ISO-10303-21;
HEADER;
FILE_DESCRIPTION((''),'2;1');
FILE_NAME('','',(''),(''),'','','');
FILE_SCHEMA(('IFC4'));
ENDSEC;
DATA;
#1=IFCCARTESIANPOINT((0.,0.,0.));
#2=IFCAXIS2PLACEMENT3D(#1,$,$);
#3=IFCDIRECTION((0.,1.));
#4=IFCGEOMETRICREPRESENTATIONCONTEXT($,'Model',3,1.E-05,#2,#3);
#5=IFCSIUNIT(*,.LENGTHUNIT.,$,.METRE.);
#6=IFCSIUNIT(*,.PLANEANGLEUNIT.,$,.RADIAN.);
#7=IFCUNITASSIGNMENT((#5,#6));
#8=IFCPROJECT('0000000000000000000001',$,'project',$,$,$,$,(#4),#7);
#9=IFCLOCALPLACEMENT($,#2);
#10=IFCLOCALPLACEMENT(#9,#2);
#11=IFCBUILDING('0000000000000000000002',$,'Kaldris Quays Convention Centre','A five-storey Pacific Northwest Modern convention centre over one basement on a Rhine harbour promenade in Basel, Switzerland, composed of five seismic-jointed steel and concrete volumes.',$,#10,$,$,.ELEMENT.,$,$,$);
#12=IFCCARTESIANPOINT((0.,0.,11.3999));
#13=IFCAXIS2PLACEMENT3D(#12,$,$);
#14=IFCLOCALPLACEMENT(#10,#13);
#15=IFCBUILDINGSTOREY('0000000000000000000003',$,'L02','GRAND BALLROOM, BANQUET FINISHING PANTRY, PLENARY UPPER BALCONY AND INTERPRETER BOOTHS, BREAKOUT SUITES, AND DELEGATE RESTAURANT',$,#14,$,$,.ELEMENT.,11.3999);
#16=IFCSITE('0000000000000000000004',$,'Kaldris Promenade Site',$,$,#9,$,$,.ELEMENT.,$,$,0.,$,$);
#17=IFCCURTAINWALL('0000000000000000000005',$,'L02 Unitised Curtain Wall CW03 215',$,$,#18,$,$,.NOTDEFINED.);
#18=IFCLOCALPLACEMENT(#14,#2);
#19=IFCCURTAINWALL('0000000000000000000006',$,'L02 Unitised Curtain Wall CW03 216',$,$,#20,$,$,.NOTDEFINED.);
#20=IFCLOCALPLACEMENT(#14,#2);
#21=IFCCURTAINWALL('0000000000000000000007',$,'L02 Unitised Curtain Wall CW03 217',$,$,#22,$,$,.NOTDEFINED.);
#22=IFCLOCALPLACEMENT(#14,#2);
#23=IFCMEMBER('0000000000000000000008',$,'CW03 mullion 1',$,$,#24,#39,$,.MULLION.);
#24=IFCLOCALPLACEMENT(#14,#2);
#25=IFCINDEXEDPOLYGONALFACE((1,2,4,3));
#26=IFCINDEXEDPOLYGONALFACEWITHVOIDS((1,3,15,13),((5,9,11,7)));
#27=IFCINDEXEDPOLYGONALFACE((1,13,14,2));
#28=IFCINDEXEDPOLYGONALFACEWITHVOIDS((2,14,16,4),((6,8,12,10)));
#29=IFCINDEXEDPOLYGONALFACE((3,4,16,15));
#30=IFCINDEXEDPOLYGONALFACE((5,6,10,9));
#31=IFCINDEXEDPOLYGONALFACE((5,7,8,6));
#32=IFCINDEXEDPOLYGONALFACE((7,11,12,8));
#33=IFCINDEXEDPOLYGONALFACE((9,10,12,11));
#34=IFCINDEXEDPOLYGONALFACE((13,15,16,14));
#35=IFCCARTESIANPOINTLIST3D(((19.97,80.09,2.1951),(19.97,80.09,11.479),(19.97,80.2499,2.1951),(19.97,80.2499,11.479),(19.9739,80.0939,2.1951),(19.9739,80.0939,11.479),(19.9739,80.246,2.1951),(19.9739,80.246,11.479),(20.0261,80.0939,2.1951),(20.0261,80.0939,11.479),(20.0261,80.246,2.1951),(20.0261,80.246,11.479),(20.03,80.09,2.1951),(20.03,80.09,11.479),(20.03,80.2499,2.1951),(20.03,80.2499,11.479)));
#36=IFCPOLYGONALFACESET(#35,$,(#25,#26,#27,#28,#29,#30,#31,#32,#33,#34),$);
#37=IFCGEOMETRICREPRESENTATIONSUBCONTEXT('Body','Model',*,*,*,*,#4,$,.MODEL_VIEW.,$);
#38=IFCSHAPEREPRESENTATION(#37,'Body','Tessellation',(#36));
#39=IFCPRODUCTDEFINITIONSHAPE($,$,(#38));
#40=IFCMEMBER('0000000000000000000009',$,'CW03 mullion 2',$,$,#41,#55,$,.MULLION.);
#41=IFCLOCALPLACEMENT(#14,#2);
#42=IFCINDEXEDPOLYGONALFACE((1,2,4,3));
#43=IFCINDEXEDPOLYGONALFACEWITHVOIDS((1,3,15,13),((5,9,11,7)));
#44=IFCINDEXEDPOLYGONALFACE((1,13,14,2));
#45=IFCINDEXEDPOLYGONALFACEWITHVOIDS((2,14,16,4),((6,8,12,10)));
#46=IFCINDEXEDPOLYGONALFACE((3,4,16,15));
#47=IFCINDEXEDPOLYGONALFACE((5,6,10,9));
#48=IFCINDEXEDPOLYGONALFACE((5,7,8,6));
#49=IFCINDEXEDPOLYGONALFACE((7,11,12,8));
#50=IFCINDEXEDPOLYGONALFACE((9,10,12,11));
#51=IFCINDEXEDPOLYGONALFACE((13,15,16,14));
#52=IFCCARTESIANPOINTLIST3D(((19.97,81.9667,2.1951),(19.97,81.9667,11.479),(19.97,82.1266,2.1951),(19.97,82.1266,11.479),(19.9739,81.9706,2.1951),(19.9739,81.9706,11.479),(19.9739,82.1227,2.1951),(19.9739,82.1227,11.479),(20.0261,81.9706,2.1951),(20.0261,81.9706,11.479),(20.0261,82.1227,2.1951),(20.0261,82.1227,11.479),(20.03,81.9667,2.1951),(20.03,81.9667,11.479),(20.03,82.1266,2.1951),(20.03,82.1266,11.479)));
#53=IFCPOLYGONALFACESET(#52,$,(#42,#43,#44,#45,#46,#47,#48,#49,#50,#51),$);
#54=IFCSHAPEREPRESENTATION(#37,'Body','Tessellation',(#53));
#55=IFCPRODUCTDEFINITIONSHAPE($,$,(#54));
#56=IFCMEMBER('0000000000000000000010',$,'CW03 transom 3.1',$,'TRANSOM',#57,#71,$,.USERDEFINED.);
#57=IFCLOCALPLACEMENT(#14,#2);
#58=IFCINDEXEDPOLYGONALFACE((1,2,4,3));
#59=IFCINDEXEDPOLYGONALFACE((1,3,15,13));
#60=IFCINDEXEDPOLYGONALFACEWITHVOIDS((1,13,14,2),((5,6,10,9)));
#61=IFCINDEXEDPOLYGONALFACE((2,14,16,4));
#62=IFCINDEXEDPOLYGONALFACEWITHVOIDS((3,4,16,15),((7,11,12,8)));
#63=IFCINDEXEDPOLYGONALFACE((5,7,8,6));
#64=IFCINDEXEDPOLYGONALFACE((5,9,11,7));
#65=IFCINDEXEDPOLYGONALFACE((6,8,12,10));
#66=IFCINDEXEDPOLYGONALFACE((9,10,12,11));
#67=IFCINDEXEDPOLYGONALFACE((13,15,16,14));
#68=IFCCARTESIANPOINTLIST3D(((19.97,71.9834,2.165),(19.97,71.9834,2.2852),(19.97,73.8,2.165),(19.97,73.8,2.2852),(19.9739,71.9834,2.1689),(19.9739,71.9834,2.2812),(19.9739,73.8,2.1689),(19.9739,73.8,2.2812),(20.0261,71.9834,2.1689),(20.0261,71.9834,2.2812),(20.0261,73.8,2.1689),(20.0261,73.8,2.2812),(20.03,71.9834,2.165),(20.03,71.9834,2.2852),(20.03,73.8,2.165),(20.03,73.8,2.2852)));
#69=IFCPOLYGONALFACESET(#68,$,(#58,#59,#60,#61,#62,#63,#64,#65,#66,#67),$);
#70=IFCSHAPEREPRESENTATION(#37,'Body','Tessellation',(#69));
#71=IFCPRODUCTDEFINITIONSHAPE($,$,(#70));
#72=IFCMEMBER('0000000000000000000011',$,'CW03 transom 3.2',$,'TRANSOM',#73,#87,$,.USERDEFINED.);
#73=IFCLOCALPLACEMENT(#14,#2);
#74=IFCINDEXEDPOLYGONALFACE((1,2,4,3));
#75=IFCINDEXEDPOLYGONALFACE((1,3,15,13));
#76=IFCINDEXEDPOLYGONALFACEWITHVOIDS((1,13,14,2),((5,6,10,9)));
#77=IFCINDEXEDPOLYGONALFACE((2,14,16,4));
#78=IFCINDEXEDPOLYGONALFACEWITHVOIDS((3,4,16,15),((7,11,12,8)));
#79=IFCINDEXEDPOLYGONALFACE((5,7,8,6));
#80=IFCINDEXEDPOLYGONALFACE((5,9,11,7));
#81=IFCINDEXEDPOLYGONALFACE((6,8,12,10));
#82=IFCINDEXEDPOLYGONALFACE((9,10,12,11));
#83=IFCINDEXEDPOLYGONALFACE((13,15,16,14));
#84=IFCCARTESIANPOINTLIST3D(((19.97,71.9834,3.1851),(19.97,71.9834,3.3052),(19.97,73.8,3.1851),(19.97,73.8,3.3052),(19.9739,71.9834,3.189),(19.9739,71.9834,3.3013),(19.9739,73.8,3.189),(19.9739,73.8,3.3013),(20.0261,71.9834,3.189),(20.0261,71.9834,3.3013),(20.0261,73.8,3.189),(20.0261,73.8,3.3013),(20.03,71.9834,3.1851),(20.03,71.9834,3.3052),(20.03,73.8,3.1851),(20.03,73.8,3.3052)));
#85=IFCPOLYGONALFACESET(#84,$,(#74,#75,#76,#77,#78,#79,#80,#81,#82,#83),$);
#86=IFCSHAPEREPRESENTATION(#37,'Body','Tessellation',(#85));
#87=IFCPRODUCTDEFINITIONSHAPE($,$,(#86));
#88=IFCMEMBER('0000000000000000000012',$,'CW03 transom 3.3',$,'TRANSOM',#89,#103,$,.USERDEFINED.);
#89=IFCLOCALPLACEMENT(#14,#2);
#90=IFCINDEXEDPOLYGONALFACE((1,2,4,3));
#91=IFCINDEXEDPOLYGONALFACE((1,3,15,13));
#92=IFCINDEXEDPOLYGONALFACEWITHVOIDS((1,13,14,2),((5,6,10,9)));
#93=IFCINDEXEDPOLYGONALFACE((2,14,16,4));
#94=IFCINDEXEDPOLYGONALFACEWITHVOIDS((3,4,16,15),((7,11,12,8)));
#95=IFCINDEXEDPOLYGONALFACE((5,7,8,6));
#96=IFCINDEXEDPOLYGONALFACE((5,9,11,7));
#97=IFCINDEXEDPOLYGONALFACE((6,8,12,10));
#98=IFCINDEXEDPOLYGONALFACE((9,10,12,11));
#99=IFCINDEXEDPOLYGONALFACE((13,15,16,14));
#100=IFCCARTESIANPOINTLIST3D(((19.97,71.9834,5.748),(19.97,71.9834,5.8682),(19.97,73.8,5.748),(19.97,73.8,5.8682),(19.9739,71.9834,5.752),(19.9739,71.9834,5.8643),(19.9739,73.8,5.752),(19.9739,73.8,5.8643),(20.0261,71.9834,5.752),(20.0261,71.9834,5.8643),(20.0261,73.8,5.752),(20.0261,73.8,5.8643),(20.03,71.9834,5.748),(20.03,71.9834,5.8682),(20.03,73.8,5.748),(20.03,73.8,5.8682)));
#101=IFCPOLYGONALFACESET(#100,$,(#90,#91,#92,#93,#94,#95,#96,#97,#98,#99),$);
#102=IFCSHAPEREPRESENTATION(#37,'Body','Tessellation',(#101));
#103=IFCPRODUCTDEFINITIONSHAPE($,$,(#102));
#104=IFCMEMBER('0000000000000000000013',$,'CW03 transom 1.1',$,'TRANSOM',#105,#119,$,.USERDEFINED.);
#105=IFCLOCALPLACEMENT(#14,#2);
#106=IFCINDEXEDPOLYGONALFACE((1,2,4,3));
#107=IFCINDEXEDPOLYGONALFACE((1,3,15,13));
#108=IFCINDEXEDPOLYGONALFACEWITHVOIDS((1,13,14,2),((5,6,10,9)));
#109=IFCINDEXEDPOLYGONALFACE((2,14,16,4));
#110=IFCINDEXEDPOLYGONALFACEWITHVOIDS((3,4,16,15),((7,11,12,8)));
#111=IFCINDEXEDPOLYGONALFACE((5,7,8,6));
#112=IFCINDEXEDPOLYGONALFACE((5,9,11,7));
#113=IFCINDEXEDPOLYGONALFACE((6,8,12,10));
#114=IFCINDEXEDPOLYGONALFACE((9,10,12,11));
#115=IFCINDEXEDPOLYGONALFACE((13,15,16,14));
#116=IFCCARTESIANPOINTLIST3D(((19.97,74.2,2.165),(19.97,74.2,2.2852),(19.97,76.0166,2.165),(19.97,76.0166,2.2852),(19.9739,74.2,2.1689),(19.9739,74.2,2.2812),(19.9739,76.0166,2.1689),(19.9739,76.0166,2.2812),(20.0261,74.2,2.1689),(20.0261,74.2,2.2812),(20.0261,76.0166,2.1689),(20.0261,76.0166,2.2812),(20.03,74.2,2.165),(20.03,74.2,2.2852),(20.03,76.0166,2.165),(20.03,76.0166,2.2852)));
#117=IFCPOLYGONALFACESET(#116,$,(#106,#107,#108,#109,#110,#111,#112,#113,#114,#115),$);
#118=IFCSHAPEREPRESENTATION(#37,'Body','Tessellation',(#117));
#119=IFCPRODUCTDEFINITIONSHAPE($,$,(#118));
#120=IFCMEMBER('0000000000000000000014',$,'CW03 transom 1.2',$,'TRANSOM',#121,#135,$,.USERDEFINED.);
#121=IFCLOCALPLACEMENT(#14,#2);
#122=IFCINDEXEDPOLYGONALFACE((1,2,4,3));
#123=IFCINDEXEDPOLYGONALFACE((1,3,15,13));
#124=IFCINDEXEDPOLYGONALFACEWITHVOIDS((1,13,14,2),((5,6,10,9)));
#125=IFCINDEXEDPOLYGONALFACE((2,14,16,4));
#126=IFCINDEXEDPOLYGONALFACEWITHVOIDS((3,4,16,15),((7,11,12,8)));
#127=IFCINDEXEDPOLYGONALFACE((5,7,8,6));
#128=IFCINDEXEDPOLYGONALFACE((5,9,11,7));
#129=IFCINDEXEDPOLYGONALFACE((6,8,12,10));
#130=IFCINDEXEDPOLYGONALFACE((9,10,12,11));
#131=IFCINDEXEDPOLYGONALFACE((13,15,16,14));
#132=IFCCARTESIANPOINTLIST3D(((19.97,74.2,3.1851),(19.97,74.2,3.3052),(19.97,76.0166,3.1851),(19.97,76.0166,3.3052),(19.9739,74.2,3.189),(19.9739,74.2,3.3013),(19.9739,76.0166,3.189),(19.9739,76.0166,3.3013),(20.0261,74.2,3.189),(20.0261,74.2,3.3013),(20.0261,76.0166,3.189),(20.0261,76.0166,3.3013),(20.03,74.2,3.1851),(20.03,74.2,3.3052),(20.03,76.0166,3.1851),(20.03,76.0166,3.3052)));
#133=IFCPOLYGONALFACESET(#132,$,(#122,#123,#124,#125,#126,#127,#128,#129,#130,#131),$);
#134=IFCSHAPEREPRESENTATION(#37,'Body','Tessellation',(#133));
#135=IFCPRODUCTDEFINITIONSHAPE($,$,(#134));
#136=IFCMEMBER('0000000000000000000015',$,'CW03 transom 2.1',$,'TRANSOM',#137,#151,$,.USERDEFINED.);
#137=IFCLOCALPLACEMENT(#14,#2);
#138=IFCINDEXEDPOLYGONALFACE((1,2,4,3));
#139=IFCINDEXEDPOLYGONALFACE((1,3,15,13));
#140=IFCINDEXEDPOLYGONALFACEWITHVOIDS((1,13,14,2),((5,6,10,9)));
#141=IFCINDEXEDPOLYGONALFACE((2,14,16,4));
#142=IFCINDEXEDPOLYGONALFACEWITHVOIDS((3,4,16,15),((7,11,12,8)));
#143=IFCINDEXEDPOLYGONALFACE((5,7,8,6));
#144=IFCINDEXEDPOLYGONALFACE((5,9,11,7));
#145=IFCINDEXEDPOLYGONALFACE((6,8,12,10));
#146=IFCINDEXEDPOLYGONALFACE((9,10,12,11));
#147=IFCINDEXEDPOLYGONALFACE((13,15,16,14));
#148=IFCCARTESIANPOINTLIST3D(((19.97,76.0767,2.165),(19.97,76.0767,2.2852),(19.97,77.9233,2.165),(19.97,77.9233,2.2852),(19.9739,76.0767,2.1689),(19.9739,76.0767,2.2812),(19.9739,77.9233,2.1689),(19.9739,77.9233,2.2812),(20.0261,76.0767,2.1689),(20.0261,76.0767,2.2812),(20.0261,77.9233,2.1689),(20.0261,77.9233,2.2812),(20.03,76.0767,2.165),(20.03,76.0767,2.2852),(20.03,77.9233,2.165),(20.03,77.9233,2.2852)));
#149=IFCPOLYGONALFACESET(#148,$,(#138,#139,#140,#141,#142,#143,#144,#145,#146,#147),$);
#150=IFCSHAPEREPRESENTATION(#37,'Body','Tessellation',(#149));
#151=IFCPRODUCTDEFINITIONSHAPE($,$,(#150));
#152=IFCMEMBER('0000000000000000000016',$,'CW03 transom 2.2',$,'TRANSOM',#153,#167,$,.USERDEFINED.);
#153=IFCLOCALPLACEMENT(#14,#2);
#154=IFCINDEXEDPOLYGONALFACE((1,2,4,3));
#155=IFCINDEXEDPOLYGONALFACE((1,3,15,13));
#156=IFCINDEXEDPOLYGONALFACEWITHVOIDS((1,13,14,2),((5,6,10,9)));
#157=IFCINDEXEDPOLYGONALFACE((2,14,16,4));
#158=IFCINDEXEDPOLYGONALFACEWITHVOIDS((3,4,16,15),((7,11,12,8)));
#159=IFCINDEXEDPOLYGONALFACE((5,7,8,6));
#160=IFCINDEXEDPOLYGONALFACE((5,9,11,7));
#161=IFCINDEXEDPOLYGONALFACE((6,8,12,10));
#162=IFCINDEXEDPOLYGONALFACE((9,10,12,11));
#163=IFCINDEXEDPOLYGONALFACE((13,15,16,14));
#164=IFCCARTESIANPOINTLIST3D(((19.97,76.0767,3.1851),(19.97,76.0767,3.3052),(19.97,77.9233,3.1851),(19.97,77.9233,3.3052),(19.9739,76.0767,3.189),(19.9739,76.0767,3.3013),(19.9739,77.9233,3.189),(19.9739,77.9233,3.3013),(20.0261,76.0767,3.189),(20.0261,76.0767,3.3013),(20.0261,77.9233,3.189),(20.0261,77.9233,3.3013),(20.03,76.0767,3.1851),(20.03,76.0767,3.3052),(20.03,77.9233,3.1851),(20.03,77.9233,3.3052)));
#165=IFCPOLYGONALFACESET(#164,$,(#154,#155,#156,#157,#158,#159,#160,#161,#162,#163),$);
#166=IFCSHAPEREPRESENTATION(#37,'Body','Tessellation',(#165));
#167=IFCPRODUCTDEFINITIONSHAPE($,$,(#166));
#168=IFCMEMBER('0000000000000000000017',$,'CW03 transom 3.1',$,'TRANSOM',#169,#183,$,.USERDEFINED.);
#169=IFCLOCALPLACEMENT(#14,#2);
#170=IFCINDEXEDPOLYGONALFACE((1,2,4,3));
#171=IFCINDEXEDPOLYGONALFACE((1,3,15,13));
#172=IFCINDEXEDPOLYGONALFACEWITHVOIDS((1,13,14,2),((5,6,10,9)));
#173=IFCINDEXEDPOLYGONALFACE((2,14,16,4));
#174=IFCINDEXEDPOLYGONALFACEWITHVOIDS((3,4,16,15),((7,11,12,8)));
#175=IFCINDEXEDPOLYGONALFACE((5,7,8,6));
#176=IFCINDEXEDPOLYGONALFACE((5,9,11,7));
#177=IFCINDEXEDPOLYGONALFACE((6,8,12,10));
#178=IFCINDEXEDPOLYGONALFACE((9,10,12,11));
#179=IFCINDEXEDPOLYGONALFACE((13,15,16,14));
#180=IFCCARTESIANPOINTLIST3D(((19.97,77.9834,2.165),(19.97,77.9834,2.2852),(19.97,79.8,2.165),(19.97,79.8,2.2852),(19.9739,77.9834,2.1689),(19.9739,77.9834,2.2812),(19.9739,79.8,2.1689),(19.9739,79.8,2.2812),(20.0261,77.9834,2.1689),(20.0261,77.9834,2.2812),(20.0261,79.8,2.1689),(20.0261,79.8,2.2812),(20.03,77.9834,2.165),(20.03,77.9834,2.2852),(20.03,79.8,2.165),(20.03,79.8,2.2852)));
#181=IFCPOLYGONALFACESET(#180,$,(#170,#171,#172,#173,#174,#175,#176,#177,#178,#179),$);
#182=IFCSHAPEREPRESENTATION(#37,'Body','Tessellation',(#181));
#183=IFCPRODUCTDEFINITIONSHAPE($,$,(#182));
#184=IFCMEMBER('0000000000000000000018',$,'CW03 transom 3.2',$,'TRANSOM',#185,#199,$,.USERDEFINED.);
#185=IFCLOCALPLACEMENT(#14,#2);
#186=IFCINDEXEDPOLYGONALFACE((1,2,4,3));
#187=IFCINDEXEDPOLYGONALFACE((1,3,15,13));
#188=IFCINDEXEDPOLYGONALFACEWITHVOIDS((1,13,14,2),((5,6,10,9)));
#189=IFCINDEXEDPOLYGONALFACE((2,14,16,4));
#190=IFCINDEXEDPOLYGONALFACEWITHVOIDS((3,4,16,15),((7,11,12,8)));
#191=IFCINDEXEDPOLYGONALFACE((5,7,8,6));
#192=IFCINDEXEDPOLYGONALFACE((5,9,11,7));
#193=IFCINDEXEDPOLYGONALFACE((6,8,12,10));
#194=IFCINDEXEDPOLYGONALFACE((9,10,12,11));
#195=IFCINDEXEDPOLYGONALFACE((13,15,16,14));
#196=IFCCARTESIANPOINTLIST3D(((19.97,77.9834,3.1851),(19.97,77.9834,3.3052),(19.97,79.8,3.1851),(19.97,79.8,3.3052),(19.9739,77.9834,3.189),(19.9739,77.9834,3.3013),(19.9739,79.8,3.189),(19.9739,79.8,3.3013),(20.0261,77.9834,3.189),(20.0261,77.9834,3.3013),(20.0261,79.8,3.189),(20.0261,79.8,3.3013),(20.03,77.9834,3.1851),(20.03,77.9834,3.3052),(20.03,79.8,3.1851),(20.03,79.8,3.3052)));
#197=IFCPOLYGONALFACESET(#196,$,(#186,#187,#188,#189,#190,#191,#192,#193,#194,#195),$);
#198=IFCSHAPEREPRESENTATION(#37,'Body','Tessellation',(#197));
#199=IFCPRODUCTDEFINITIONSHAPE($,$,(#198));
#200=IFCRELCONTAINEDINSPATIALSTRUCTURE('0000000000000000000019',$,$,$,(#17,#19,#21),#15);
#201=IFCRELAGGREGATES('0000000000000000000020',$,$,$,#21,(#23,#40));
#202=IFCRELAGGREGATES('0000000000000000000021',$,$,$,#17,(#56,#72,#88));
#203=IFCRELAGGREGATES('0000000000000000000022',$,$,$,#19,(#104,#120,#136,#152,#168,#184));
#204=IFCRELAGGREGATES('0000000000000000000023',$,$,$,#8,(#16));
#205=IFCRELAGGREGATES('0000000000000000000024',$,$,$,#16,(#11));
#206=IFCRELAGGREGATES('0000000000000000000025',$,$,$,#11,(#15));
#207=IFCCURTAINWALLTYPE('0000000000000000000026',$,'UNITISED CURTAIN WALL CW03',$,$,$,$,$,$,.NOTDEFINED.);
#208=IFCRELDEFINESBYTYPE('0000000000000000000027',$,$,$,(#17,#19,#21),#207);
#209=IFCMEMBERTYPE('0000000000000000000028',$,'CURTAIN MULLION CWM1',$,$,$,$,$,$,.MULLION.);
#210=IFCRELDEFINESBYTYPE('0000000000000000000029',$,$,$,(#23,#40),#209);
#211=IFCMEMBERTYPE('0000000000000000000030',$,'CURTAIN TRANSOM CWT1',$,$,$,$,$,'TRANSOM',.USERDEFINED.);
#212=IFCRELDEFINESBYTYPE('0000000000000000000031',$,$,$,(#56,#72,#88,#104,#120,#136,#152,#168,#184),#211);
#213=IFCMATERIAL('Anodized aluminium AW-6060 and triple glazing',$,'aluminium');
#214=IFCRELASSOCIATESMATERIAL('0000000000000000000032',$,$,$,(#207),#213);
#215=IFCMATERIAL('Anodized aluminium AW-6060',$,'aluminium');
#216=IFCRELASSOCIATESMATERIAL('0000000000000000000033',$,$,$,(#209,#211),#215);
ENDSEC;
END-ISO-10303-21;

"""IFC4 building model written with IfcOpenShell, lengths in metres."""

from ifc_helpers import new_model, si_unit, direction, frame, origin, origin_2d, place, context, subcontext, project, spatial, hollow_rectangle, extrude, material, material_profile, profile_set, type_object, element, aggregate, save


model = new_model("IFC4")

# Units and contexts
model_context = context("Model", 3, precision=1e-05, world=origin(), true_north=direction((0.0, 1.0)))
body_context = subcontext(model_context, "Body", "Model", "MODEL_VIEW")
ifc_project = project(units=[si_unit("LENGTHUNIT", "METRE"), si_unit("PLANEANGLEUNIT", "RADIAN")], contexts=[model_context])

# Site, building, storey
site_placement = place(None, origin())
site = spatial("IfcSite", under=ifc_project, at=site_placement, Name="Kaldris Promenade Site", CompositionType="ELEMENT", RefElevation=0.0)
building_placement = place(site_placement, origin())
building = spatial("IfcBuilding", under=site, at=building_placement, Name="Kaldris Quays Convention Centre", Description="A five-storey Pacific Northwest Modern convention centre over one basement on a Rhine harbour promenade in Basel, Switzerland, composed of five seismic-jointed steel and concrete volumes.", CompositionType="ELEMENT")
storey_placement = place(building_placement, frame((0.0, 0.0, 11.3999)))
storey = spatial("IfcBuildingStorey", under=building, at=storey_placement, Name="L02", Description="GRAND BALLROOM, BANQUET FINISHING PANTRY, PLENARY UPPER BALCONY AND INTERPRETER BOOTHS, BREAKOUT SUITES, AND DELEGATE RESTAURANT", CompositionType="ELEMENT", Elevation=11.3999)

# Curtain walls, members
ifc_material_1 = material(Name="Anodized aluminium AW-6060 and triple glazing", Category="aluminium")
curtain_wall_type = type_object("IfcCurtainWallType", Name="UNITISED CURTAIN WALL CW03", PredefinedType="NOTDEFINED", material=ifc_material_1)
curtain_wall_1_placement = place(storey_placement, origin())
curtain_wall_1 = element("IfcCurtainWall", 1, at=curtain_wall_1_placement, inside=storey, type_object=curtain_wall_type, Name="L02 Unitised Curtain Wall CW03 215", PredefinedType="NOTDEFINED")
ifc_material_2 = material(Name="Anodized aluminium AW-6060", Category="aluminium")
ifc_material_profile_1 = material_profile(ifc_material_2, hollow_rectangle(XDim=0.0601, YDim=0.1599, WallThickness=0.0039, at=origin_2d()), Name="RHS 160x60x4")
ifc_profile_set_1 = profile_set([ifc_material_profile_1], Name="Anodized aluminium AW-6060")
member_type_1 = type_object("IfcMemberType", Name="CURTAIN MULLION CWM1", PredefinedType="MULLION", material=ifc_profile_set_1)
curtain_wall_2_placement = place(storey_placement, origin())
curtain_wall_2 = element("IfcCurtainWall", 2, at=curtain_wall_2_placement, inside=storey, type_object=curtain_wall_type, Name="L02 Unitised Curtain Wall CW03 216", PredefinedType="NOTDEFINED")
curtain_wall_3_placement = place(storey_placement, origin())
curtain_wall_3 = element("IfcCurtainWall", 3, at=curtain_wall_3_placement, inside=storey, type_object=curtain_wall_type, Name="L02 Unitised Curtain Wall CW03 217", PredefinedType="NOTDEFINED")
member_1_placement = place(storey_placement, frame((20.0, 80.1699, 2.1951), z_axis=(0.0, 0.0, 1.0), x_axis=(-1.0, 0.0, 0.0)))
member_1 = element("IfcMember", 4, at=member_1_placement, type_object=member_type_1, Name="CW03 mullion 1", PredefinedType="MULLION", context=body_context, shape_type="SweptSolid", body=[
    extrude(hollow_rectangle(XDim=0.0601, YDim=0.1599, WallThickness=0.0039, at=origin_2d()), origin(), (0.0, 0.0, 1.0), 9.2839),
])
member_2_placement = place(storey_placement, frame((20.0, 82.0466, 2.1951), z_axis=(0.0, 0.0, 1.0), x_axis=(-1.0, 0.0, 0.0)))
member_2 = element("IfcMember", 5, at=member_2_placement, type_object=member_type_1, Name="CW03 mullion 2", PredefinedType="MULLION", context=body_context, shape_type="SweptSolid", body=[
    extrude(hollow_rectangle(XDim=0.0601, YDim=0.1599, WallThickness=0.0039, at=origin_2d()), origin(), (0.0, 0.0, 1.0), 9.2839),
])

# Members
ifc_material_profile_2 = material_profile(ifc_material_2, hollow_rectangle(XDim=0.0601, YDim=0.1201, WallThickness=0.0039, at=origin_2d()), Name="RHS 120x60x4")
ifc_profile_set_2 = profile_set([ifc_material_profile_2], Name="Anodized aluminium AW-6060")
member_type_2 = type_object("IfcMemberType", Name="CURTAIN TRANSOM CWT1", ElementType="TRANSOM", PredefinedType="USERDEFINED", material=ifc_profile_set_2)
member_3_placement = place(storey_placement, frame((20.0, 71.9834, 2.2251), z_axis=(0.0, 1.0, 0.0), x_axis=(-1.0, 0.0, 0.0)))
member_3 = element("IfcMember", 6, at=member_3_placement, type_object=member_type_2, Name="CW03 transom 3.1", ObjectType="TRANSOM", PredefinedType="USERDEFINED", context=body_context, shape_type="SweptSolid", body=[
    extrude(hollow_rectangle(XDim=0.0601, YDim=0.1201, WallThickness=0.0039, at=origin_2d()), origin(), (0.0, 0.0, 1.0), 1.8167),
])
member_4_placement = place(storey_placement, frame((20.0, 71.9834, 3.2451), z_axis=(0.0, 1.0, 0.0), x_axis=(-1.0, 0.0, 0.0)))
member_4 = element("IfcMember", 7, at=member_4_placement, type_object=member_type_2, Name="CW03 transom 3.2", ObjectType="TRANSOM", PredefinedType="USERDEFINED", context=body_context, shape_type="SweptSolid", body=[
    extrude(hollow_rectangle(XDim=0.0601, YDim=0.1201, WallThickness=0.0039, at=origin_2d()), origin(), (0.0, 0.0, 1.0), 1.8167),
])
member_5_placement = place(storey_placement, frame((20.0, 71.9834, 5.8081), z_axis=(0.0, 1.0, 0.0), x_axis=(-1.0, 0.0, 0.0)))
member_5 = element("IfcMember", 8, at=member_5_placement, type_object=member_type_2, Name="CW03 transom 3.3", ObjectType="TRANSOM", PredefinedType="USERDEFINED", context=body_context, shape_type="SweptSolid", body=[
    extrude(hollow_rectangle(XDim=0.0601, YDim=0.1201, WallThickness=0.0039, at=origin_2d()), origin(), (0.0, 0.0, 1.0), 1.8167),
])
member_6_placement = place(storey_placement, frame((20.0, 74.2, 2.2251), z_axis=(0.0, 1.0, 0.0), x_axis=(-1.0, 0.0, 0.0)))
member_6 = element("IfcMember", 9, at=member_6_placement, type_object=member_type_2, Name="CW03 transom 1.1", ObjectType="TRANSOM", PredefinedType="USERDEFINED", context=body_context, shape_type="SweptSolid", body=[
    extrude(hollow_rectangle(XDim=0.0601, YDim=0.1201, WallThickness=0.0039, at=origin_2d()), origin(), (0.0, 0.0, 1.0), 1.8167),
])
member_7_placement = place(storey_placement, frame((20.0, 74.2, 3.2451), z_axis=(0.0, 1.0, 0.0), x_axis=(-1.0, 0.0, 0.0)))
member_7 = element("IfcMember", 10, at=member_7_placement, type_object=member_type_2, Name="CW03 transom 1.2", ObjectType="TRANSOM", PredefinedType="USERDEFINED", context=body_context, shape_type="SweptSolid", body=[
    extrude(hollow_rectangle(XDim=0.0601, YDim=0.1201, WallThickness=0.0039, at=origin_2d()), origin(), (0.0, 0.0, 1.0), 1.8167),
])
member_8_placement = place(storey_placement, frame((20.0, 76.0767, 2.2251), z_axis=(0.0, 1.0, 0.0), x_axis=(-1.0, 0.0, 0.0)))
member_8 = element("IfcMember", 11, at=member_8_placement, type_object=member_type_2, Name="CW03 transom 2.1", ObjectType="TRANSOM", PredefinedType="USERDEFINED", context=body_context, shape_type="SweptSolid", body=[
    extrude(hollow_rectangle(XDim=0.0601, YDim=0.1201, WallThickness=0.0039, at=origin_2d()), origin(), (0.0, 0.0, 1.0), 1.8467),
])
member_9_placement = place(storey_placement, frame((20.0, 76.0767, 3.2451), z_axis=(0.0, 1.0, 0.0), x_axis=(-1.0, 0.0, 0.0)))
member_9 = element("IfcMember", 12, at=member_9_placement, type_object=member_type_2, Name="CW03 transom 2.2", ObjectType="TRANSOM", PredefinedType="USERDEFINED", context=body_context, shape_type="SweptSolid", body=[
    extrude(hollow_rectangle(XDim=0.0601, YDim=0.1201, WallThickness=0.0039, at=origin_2d()), origin(), (0.0, 0.0, 1.0), 1.8467),
])
member_10_placement = place(storey_placement, frame((20.0, 77.9834, 2.2251), z_axis=(0.0, 1.0, 0.0), x_axis=(-1.0, 0.0, 0.0)))
member_10 = element("IfcMember", 13, at=member_10_placement, type_object=member_type_2, Name="CW03 transom 3.1", ObjectType="TRANSOM", PredefinedType="USERDEFINED", context=body_context, shape_type="SweptSolid", body=[
    extrude(hollow_rectangle(XDim=0.0601, YDim=0.1201, WallThickness=0.0039, at=origin_2d()), origin(), (0.0, 0.0, 1.0), 1.8167),
])
member_11_placement = place(storey_placement, frame((20.0, 77.9834, 3.2451), z_axis=(0.0, 1.0, 0.0), x_axis=(-1.0, 0.0, 0.0)))
member_11 = element("IfcMember", 14, at=member_11_placement, type_object=member_type_2, Name="CW03 transom 3.2", ObjectType="TRANSOM", PredefinedType="USERDEFINED", context=body_context, shape_type="SweptSolid", body=[
    extrude(hollow_rectangle(XDim=0.0601, YDim=0.1201, WallThickness=0.0039, at=origin_2d()), origin(), (0.0, 0.0, 1.0), 1.8167),
])

aggregate(curtain_wall_3, [member_1, member_2])
aggregate(curtain_wall_1, [member_3, member_4, member_5])
aggregate(curtain_wall_2, [member_6, member_7, member_8, member_9, member_10, member_11])

save(model, "model.ifc")
